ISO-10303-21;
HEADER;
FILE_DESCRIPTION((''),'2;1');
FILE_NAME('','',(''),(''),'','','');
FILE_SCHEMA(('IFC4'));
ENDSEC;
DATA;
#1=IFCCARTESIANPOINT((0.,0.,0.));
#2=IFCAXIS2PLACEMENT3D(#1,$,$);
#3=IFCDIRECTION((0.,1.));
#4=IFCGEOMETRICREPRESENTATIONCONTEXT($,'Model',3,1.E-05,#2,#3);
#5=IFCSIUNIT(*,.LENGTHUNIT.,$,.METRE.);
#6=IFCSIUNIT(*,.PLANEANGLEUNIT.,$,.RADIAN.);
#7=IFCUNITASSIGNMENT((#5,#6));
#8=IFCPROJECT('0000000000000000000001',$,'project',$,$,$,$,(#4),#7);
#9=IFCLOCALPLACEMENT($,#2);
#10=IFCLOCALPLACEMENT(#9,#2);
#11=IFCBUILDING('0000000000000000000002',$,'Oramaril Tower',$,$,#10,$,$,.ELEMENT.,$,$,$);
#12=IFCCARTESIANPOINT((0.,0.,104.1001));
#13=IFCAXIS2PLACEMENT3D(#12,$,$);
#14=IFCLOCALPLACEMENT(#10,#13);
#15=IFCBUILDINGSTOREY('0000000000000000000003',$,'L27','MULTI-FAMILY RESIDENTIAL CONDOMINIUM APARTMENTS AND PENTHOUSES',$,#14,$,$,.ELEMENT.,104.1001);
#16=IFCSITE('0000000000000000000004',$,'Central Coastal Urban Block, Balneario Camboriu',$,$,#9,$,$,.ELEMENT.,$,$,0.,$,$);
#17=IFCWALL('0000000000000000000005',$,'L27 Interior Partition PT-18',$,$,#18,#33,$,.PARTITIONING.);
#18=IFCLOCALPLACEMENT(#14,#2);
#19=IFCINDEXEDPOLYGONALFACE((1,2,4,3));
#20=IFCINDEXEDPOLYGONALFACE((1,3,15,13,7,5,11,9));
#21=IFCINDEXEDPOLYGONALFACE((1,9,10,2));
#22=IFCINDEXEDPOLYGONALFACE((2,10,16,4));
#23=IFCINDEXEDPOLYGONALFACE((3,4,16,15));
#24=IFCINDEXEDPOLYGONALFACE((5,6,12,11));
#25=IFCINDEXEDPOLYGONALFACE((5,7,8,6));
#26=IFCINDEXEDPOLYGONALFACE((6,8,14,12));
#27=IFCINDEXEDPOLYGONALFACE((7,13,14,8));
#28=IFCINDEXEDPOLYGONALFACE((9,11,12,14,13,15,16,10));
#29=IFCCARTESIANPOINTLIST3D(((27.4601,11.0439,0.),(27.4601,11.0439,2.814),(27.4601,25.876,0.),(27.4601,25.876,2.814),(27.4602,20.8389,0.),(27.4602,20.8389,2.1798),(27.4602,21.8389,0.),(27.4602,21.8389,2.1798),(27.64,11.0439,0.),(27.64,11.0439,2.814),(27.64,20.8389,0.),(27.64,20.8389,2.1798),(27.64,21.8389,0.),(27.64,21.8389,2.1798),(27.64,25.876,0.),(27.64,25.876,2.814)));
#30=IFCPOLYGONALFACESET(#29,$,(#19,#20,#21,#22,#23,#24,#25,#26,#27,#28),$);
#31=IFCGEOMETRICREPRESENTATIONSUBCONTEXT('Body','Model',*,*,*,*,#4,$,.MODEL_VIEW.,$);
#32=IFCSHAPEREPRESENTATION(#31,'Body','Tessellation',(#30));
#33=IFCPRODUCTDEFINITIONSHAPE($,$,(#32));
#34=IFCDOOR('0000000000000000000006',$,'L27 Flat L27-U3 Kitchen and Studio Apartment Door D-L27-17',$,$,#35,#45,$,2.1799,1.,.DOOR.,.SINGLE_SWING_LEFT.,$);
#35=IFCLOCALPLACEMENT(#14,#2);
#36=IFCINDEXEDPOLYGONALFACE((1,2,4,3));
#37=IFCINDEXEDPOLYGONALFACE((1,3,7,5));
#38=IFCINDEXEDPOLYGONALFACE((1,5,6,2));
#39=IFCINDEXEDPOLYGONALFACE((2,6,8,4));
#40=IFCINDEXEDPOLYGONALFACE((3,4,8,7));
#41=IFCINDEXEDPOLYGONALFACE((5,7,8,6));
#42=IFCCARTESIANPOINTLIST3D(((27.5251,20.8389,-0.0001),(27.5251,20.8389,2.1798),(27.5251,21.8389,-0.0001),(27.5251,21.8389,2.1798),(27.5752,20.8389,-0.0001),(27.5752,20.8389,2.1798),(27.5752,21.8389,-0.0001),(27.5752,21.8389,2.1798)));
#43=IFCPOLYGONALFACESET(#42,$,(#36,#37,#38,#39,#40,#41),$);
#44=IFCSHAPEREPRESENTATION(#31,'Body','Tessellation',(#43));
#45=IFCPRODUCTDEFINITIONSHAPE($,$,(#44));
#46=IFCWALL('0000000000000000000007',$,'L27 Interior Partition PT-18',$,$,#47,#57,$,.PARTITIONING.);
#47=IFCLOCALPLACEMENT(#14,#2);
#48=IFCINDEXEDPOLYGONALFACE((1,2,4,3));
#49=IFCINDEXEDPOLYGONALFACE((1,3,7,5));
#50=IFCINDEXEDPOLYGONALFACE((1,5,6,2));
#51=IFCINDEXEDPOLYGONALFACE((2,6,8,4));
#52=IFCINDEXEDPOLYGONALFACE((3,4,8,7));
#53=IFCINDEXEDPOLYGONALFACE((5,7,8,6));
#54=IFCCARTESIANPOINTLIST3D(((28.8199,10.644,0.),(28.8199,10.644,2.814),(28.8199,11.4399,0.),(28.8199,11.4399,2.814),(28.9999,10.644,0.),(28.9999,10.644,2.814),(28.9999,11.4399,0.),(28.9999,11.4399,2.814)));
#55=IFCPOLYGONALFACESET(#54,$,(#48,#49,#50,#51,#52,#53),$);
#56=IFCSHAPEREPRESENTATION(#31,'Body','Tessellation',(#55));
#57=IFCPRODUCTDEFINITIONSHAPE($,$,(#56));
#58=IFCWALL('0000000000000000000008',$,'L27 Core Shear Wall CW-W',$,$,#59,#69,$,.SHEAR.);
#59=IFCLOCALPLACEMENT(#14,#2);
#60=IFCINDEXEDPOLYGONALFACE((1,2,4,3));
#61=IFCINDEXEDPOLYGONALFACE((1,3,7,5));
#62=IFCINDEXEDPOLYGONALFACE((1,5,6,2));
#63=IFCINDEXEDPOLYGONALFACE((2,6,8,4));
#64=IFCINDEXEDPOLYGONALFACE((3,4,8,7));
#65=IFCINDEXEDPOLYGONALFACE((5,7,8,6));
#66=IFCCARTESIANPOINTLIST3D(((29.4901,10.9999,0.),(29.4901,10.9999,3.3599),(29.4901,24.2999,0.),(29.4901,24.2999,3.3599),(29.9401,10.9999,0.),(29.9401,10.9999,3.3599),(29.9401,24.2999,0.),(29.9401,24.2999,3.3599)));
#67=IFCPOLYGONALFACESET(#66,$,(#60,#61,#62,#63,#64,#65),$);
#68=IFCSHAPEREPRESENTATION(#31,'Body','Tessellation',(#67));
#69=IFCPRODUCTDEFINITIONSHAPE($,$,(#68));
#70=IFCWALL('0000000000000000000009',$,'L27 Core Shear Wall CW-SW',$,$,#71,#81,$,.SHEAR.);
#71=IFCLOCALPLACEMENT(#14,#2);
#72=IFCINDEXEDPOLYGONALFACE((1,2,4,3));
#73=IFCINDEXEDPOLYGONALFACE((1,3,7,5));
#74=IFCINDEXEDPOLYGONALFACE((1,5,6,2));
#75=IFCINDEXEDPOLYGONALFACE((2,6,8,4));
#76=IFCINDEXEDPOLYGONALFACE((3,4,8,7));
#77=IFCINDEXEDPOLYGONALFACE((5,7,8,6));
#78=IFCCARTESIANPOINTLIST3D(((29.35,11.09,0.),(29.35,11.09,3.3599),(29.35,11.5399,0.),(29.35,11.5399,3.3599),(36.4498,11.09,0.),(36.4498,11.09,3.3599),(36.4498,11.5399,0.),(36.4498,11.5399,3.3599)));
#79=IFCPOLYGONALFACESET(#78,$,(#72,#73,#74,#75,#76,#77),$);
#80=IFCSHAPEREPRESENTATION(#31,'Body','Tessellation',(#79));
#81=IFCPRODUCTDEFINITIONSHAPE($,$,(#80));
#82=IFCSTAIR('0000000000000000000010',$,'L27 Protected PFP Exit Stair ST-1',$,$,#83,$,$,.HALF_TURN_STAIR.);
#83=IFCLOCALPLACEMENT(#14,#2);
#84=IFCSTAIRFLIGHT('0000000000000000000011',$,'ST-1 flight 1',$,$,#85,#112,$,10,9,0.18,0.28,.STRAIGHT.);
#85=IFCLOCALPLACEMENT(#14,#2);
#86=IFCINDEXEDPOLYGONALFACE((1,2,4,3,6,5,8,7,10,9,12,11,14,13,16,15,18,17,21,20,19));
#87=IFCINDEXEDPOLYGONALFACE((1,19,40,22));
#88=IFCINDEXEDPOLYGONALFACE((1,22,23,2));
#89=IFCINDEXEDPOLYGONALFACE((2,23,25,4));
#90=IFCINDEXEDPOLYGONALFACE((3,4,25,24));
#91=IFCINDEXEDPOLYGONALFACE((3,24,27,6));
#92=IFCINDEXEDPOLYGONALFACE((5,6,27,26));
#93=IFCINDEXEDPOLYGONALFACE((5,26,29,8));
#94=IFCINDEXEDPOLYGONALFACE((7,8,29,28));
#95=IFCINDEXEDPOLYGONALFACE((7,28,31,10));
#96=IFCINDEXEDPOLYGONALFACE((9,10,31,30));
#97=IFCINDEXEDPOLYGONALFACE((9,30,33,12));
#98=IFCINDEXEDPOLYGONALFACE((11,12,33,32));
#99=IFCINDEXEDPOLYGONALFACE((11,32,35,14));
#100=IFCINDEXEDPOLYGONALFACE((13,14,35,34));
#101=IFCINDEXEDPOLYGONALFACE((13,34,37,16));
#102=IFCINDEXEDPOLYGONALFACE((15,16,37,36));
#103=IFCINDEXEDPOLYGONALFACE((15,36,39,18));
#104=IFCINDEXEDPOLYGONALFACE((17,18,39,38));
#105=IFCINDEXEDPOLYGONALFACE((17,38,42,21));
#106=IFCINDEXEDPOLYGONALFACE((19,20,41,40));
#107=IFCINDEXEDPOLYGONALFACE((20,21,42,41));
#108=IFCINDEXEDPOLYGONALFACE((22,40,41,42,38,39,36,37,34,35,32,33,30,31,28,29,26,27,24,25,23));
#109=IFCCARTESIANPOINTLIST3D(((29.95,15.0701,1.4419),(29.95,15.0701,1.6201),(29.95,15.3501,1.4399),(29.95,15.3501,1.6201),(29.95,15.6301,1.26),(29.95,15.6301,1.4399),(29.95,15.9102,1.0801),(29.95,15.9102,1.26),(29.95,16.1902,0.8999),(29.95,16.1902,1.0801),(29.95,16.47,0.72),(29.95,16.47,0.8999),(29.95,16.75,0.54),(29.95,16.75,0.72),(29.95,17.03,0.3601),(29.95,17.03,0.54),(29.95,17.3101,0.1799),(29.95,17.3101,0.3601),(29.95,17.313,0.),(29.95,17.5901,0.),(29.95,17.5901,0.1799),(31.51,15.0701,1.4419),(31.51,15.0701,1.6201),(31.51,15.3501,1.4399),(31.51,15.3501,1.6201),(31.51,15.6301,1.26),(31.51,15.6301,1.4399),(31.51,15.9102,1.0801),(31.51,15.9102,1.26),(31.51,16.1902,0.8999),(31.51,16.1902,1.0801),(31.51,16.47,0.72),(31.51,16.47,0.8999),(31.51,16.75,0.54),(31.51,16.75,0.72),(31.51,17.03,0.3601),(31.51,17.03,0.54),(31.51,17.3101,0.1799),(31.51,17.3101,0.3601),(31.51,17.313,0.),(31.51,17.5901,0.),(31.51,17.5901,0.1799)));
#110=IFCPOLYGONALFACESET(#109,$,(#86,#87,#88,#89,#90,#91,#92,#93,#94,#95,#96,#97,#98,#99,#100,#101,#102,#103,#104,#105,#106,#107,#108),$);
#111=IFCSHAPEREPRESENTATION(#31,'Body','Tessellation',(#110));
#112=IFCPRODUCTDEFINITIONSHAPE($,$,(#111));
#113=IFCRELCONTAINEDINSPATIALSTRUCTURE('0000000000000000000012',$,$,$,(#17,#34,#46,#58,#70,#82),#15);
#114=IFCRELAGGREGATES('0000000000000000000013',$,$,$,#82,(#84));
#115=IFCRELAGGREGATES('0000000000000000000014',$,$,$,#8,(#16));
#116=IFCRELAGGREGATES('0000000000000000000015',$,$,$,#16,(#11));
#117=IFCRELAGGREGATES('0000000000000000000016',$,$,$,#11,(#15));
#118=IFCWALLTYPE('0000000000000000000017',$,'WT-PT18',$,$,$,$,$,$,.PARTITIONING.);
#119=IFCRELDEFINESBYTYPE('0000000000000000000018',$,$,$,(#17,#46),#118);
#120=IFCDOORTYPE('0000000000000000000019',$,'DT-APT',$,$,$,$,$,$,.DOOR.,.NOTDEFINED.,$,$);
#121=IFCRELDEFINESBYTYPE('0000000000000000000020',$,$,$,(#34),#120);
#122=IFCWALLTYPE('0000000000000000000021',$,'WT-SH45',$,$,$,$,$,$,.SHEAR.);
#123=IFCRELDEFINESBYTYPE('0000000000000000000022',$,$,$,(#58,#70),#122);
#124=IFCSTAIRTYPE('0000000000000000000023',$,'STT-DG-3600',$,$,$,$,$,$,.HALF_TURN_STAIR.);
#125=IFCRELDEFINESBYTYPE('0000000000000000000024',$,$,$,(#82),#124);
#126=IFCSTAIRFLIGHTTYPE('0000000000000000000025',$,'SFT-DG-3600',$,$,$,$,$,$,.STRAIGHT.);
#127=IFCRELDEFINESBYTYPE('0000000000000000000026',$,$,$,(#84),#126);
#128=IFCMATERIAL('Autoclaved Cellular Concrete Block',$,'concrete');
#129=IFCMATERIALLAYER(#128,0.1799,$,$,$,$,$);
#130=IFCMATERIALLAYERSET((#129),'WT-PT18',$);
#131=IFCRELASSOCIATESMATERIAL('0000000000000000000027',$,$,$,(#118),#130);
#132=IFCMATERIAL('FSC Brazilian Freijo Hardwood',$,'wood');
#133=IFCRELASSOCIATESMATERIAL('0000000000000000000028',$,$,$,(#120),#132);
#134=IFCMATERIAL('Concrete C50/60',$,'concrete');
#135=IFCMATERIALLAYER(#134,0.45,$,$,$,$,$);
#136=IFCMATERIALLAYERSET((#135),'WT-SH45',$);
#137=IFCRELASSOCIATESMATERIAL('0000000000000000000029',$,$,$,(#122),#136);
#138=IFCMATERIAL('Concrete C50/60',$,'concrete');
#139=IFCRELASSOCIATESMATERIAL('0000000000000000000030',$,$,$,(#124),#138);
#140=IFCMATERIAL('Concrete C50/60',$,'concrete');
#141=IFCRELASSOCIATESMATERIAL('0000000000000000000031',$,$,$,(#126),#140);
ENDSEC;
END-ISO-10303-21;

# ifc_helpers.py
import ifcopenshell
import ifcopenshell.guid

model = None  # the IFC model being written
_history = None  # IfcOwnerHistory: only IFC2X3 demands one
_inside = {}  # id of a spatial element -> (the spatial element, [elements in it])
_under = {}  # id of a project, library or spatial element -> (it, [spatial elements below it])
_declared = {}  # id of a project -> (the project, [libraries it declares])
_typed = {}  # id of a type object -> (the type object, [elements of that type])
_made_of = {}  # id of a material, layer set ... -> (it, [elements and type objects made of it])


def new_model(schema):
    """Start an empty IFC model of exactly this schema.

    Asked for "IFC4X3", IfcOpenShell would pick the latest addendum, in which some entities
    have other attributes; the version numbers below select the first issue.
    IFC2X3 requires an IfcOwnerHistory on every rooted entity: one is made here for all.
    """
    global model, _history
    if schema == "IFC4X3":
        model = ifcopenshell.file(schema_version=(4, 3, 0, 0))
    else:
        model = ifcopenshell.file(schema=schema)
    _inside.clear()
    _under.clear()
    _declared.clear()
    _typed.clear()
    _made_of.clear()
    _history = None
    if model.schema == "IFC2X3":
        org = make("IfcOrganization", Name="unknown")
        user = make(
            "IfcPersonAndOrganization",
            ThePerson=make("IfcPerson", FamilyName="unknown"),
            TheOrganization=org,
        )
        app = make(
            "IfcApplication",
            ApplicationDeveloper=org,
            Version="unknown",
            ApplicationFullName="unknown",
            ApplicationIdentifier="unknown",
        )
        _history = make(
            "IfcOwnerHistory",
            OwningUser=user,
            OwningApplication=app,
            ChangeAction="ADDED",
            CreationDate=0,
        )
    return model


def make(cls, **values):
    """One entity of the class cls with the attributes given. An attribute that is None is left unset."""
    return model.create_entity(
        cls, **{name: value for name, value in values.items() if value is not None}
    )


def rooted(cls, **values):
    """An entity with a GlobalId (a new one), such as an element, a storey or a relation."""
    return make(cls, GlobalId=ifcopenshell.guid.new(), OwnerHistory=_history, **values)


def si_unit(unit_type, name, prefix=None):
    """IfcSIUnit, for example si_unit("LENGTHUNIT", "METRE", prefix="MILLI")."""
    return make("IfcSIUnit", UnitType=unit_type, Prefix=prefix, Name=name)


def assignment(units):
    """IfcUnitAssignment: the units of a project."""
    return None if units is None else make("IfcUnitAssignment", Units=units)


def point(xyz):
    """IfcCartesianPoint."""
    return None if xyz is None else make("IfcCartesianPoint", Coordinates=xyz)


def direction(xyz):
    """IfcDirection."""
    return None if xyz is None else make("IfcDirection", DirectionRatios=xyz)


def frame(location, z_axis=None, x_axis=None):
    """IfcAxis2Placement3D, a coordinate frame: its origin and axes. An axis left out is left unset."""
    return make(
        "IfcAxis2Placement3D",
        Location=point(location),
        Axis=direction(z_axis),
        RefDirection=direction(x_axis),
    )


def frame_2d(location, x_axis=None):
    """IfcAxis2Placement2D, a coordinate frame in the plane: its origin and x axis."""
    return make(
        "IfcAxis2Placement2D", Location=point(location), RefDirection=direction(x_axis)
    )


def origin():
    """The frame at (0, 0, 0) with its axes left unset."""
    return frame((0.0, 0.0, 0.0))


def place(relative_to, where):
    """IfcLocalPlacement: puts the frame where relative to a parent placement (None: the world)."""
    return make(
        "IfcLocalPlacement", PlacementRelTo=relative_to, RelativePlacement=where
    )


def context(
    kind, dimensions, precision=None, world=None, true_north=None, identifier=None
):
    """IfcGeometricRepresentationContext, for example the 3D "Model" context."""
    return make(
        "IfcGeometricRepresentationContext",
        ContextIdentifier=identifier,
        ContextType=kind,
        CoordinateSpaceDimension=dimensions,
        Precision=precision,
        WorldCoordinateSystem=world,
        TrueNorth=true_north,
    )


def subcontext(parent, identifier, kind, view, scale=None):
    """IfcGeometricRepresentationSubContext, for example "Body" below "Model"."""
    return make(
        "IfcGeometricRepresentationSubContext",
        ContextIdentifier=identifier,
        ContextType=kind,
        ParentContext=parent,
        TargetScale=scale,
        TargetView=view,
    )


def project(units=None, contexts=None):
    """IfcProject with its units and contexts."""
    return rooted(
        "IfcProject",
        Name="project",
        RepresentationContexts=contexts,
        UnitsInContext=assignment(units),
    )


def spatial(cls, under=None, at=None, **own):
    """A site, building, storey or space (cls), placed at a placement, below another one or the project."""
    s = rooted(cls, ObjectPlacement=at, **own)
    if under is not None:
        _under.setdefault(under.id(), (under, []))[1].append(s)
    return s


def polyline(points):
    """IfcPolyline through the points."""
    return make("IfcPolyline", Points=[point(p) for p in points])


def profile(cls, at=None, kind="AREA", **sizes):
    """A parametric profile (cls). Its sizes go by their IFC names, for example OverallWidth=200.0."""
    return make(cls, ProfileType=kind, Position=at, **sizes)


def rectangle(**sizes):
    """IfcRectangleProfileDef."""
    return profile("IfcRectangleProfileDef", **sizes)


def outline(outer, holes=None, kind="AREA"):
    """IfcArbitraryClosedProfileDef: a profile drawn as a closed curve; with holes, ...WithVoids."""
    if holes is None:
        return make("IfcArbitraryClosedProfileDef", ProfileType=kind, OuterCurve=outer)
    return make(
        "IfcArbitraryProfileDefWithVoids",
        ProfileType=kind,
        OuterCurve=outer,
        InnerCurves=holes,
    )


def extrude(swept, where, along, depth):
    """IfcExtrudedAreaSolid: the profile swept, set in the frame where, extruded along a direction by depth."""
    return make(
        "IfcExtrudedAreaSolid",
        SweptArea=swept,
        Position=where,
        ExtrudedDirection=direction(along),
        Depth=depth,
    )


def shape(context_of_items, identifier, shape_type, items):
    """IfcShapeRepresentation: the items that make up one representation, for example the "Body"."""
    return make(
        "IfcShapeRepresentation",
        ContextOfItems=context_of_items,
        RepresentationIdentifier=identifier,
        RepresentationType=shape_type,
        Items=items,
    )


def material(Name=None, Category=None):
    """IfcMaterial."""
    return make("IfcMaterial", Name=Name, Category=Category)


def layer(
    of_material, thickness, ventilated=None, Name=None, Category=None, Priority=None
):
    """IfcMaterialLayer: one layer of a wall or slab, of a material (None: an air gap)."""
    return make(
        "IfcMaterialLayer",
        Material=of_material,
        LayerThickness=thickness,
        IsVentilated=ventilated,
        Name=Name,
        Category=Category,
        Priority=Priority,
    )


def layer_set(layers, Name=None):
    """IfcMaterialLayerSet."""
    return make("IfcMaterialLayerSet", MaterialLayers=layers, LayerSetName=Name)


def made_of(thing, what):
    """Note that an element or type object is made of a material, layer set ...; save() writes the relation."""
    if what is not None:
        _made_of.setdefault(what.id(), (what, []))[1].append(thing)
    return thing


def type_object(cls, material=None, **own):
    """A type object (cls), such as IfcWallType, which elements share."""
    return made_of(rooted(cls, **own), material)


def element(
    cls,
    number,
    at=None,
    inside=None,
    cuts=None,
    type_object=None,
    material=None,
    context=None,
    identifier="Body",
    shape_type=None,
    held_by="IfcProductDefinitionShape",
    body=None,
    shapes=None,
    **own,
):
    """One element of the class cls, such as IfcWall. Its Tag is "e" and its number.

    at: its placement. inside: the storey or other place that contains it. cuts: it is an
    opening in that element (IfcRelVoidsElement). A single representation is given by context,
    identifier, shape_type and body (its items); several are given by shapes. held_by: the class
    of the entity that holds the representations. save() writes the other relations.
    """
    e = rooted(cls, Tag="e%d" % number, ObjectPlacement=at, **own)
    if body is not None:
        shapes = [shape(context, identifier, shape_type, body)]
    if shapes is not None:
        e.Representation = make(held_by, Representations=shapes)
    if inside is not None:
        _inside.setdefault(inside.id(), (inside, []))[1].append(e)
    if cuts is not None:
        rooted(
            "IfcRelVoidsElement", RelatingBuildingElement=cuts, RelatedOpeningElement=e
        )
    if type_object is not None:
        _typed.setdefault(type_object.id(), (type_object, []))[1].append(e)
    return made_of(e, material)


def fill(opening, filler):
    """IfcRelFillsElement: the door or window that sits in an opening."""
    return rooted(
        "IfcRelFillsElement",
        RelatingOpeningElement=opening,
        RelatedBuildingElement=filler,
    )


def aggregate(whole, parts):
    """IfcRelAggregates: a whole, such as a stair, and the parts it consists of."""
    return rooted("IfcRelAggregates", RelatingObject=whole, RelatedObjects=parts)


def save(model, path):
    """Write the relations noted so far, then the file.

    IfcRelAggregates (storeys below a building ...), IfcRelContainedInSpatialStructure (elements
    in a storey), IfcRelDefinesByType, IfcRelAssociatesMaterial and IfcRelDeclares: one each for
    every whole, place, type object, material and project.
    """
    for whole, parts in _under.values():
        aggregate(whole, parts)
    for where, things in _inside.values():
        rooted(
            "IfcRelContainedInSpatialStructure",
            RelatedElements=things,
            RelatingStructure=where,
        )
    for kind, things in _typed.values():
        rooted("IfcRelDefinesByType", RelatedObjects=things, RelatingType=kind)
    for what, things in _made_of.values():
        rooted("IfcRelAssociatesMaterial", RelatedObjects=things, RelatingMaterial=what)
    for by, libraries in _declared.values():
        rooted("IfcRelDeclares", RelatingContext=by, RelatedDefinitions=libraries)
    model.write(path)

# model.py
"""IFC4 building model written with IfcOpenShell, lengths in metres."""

from ifc_helpers import new_model, si_unit, direction, frame, frame_2d, origin, place, context, subcontext, project, spatial, polyline, rectangle, outline, extrude, material, layer, layer_set, type_object, element, fill, aggregate, save


model = new_model("IFC4")

# Units and contexts
model_context = context("Model", 3, precision=1e-05, world=origin(), true_north=direction((0.0, 1.0)))
body_context = subcontext(model_context, "Body", "Model", "MODEL_VIEW")
ifc_project = project(units=[si_unit("LENGTHUNIT", "METRE"), si_unit("PLANEANGLEUNIT", "RADIAN")], contexts=[model_context])

# Site, building, storey
site_placement = place(None, origin())
site = spatial("IfcSite", under=ifc_project, at=site_placement, Name="Central Coastal Urban Block, Balneario Camboriu", CompositionType="ELEMENT", RefElevation=0.0)
building_placement = place(site_placement, origin())
building = spatial("IfcBuilding", under=site, at=building_placement, Name="Oramaril Tower", CompositionType="ELEMENT")
storey_placement = place(building_placement, frame((0.0, 0.0, 104.1001)))
storey = spatial("IfcBuildingStorey", under=building, at=storey_placement, Name="L27", Description="MULTI-FAMILY RESIDENTIAL CONDOMINIUM APARTMENTS AND PENTHOUSES", CompositionType="ELEMENT", Elevation=104.1001)

# Shared definitions
ifc_material_1 = material(Name="Autoclaved Cellular Concrete Block", Category="concrete")
ifc_layer_1 = layer(ifc_material_1, 0.1799)
ifc_layer_set_1 = layer_set([ifc_layer_1], Name="WT-PT18")
wall_type_1 = type_object("IfcWallType", Name="WT-PT18", PredefinedType="PARTITIONING", material=ifc_layer_set_1)

# Wall, opening, door
wall_1_placement = place(storey_placement, frame((27.55, 11.0439, 0.0), z_axis=(0.0, 0.0, 1.0), x_axis=(0.0, 1.0, 0.0)))
wall_1 = element("IfcWall", 1, at=wall_1_placement, inside=storey, type_object=wall_type_1, Name="L27 Interior Partition PT-18", PredefinedType="PARTITIONING", context=body_context, shape_type="SweptSolid", body=[
    extrude(rectangle(XDim=14.832, YDim=0.1799, at=frame_2d((7.416, 0.0))), origin(), (0.0, 0.0, 1.0), 2.814),
])
opening_1_placement = place(wall_1_placement, frame((9.7949, 0.0, 0.0)))
opening_1 = element("IfcOpeningElement", 2, at=opening_1_placement, cuts=wall_1, PredefinedType="OPENING", context=body_context, shape_type="SweptSolid", body=[
    extrude(rectangle(XDim=1.0, YDim=2.1799, at=frame_2d((0.5, 1.0898))), frame((0.0, 0.0898, 0.0), z_axis=(0.0, -1.0, 0.0), x_axis=(1.0, 0.0, 0.0)), (0.0, 0.0, 1.0), 0.1799),
])
ifc_material_2 = material(Name="FSC Brazilian Freijo Hardwood", Category="wood")
door_type_1 = type_object("IfcDoorType", Name="DT-APT", OperationType="NOTDEFINED", PredefinedType="DOOR", material=ifc_material_2)
door_1_placement = place(opening_1_placement, origin())
door_1 = element("IfcDoor", 3, at=door_1_placement, inside=storey, type_object=door_type_1, Name="L27 Flat L27-U3 Kitchen and Studio Apartment Door D-L27-17", OperationType="SINGLE_SWING_LEFT", OverallHeight=2.1799, OverallWidth=1.0, PredefinedType="DOOR", context=body_context, shape_type="SweptSolid", body=[
    extrude(rectangle(XDim=1.0, YDim=2.1799, at=frame_2d((0.5, 1.0898))), frame((0.0, 0.0249, 0.0), z_axis=(0.0, -1.0, 0.0), x_axis=(1.0, 0.0, 0.0)), (0.0, 0.0, 1.0), 0.05),
])
fill(opening_1, door_1)

# Wall
wall_2_placement = place(storey_placement, frame((28.9099, 10.644, 0.0), z_axis=(0.0, 0.0, 1.0), x_axis=(0.0, 1.0, 0.0)))
element("IfcWall", 4, at=wall_2_placement, inside=storey, type_object=wall_type_1, Name="L27 Interior Partition PT-18", PredefinedType="PARTITIONING", context=body_context, shape_type="SweptSolid", body=[
    extrude(rectangle(XDim=0.7959, YDim=0.1799, at=frame_2d((0.3979, 0.0))), origin(), (0.0, 0.0, 1.0), 2.814),
])

# Walls
ifc_material_3 = material(Name="Concrete C50/60", Category="concrete")
ifc_layer_2 = layer(ifc_material_3, 0.45)
ifc_layer_set_2 = layer_set([ifc_layer_2], Name="WT-SH45")
wall_type_2 = type_object("IfcWallType", Name="WT-SH45", PredefinedType="SHEAR", material=ifc_layer_set_2)
wall_3_placement = place(storey_placement, frame((29.7151, 11.0, 0.0), z_axis=(0.0, 0.0, 1.0), x_axis=(0.0, 1.0, 0.0)))
element("IfcWall", 5, at=wall_3_placement, inside=storey, type_object=wall_type_2, Name="L27 Core Shear Wall CW-W", PredefinedType="SHEAR", context=body_context, shape_type="SweptSolid", body=[
    extrude(rectangle(XDim=13.3, YDim=0.45, at=frame_2d((6.6499, 0.0))), origin(), (0.0, 0.0, 1.0), 3.3599),
])
wall_4_placement = place(storey_placement, frame((29.3501, 11.3149, 0.0), z_axis=(0.0, 0.0, 1.0), x_axis=(1.0, 0.0, 0.0)))
element("IfcWall", 6, at=wall_4_placement, inside=storey, type_object=wall_type_2, Name="L27 Core Shear Wall CW-SW", PredefinedType="SHEAR", context=body_context, shape_type="SweptSolid", body=[
    extrude(rectangle(XDim=7.0999, YDim=0.45, at=frame_2d((3.5498, 0.0))), origin(), (0.0, 0.0, 1.0), 3.3599),
])

# Stair, stair flight
ifc_material_4 = material(Name="Concrete C50/60", Category="concrete")
stair_type = type_object("IfcStairType", Name="STT-DG-3600", PredefinedType="HALF_TURN_STAIR", material=ifc_material_4)
stair_placement = place(storey_placement, origin())
stair = element("IfcStair", 7, at=stair_placement, inside=storey, type_object=stair_type, Name="L27 Protected PFP Exit Stair ST-1", PredefinedType="HALF_TURN_STAIR")
ifc_material_5 = material(Name="Concrete C50/60", Category="concrete")
stair_flight_type = type_object("IfcStairFlightType", Name="SFT-DG-3600", PredefinedType="STRAIGHT", material=ifc_material_5)
stair_flight_placement = place(storey_placement, frame((30.73, 17.5901, 0.0), z_axis=(0.0, 0.0, 1.0), x_axis=(0.0, -1.0, 0.0)))
stair_flight = element("IfcStairFlight", 8, at=stair_flight_placement, type_object=stair_flight_type, Name="ST-1 flight 1", NumberOfRisers=10, NumberOfTreads=9, PredefinedType="STRAIGHT", RiserHeight=0.18, TreadLength=0.28, context=body_context, shape_type="SweptSolid", body=[
    extrude(outline(polyline([(0.0, 0.0), (0.0, 0.1799), (0.28, 0.1799), (0.28, 0.3601), (0.5601, 0.3601), (0.5601, 0.54), (0.8401, 0.54), (0.8401, 0.72), (1.1201, 0.72), (1.1201, 0.8999), (1.3999, 0.8999), (1.3999, 1.0801), (1.6799, 1.0801), (1.6799, 1.26), (1.96, 1.26), (1.96, 1.4399), (2.24, 1.4399), (2.24, 1.6201), (2.52, 1.6201), (2.52, 1.8), (2.52, 1.4419), (0.2771, 0.0), (0.0, 0.0)])), frame((0.0, 0.78, 0.0), z_axis=(0.0, -1.0, 0.0), x_axis=(1.0, 0.0, 0.0)), (0.0, 0.0, 1.0), 1.5601),
])
aggregate(stair, [stair_flight])

save(model, "model.ifc")
